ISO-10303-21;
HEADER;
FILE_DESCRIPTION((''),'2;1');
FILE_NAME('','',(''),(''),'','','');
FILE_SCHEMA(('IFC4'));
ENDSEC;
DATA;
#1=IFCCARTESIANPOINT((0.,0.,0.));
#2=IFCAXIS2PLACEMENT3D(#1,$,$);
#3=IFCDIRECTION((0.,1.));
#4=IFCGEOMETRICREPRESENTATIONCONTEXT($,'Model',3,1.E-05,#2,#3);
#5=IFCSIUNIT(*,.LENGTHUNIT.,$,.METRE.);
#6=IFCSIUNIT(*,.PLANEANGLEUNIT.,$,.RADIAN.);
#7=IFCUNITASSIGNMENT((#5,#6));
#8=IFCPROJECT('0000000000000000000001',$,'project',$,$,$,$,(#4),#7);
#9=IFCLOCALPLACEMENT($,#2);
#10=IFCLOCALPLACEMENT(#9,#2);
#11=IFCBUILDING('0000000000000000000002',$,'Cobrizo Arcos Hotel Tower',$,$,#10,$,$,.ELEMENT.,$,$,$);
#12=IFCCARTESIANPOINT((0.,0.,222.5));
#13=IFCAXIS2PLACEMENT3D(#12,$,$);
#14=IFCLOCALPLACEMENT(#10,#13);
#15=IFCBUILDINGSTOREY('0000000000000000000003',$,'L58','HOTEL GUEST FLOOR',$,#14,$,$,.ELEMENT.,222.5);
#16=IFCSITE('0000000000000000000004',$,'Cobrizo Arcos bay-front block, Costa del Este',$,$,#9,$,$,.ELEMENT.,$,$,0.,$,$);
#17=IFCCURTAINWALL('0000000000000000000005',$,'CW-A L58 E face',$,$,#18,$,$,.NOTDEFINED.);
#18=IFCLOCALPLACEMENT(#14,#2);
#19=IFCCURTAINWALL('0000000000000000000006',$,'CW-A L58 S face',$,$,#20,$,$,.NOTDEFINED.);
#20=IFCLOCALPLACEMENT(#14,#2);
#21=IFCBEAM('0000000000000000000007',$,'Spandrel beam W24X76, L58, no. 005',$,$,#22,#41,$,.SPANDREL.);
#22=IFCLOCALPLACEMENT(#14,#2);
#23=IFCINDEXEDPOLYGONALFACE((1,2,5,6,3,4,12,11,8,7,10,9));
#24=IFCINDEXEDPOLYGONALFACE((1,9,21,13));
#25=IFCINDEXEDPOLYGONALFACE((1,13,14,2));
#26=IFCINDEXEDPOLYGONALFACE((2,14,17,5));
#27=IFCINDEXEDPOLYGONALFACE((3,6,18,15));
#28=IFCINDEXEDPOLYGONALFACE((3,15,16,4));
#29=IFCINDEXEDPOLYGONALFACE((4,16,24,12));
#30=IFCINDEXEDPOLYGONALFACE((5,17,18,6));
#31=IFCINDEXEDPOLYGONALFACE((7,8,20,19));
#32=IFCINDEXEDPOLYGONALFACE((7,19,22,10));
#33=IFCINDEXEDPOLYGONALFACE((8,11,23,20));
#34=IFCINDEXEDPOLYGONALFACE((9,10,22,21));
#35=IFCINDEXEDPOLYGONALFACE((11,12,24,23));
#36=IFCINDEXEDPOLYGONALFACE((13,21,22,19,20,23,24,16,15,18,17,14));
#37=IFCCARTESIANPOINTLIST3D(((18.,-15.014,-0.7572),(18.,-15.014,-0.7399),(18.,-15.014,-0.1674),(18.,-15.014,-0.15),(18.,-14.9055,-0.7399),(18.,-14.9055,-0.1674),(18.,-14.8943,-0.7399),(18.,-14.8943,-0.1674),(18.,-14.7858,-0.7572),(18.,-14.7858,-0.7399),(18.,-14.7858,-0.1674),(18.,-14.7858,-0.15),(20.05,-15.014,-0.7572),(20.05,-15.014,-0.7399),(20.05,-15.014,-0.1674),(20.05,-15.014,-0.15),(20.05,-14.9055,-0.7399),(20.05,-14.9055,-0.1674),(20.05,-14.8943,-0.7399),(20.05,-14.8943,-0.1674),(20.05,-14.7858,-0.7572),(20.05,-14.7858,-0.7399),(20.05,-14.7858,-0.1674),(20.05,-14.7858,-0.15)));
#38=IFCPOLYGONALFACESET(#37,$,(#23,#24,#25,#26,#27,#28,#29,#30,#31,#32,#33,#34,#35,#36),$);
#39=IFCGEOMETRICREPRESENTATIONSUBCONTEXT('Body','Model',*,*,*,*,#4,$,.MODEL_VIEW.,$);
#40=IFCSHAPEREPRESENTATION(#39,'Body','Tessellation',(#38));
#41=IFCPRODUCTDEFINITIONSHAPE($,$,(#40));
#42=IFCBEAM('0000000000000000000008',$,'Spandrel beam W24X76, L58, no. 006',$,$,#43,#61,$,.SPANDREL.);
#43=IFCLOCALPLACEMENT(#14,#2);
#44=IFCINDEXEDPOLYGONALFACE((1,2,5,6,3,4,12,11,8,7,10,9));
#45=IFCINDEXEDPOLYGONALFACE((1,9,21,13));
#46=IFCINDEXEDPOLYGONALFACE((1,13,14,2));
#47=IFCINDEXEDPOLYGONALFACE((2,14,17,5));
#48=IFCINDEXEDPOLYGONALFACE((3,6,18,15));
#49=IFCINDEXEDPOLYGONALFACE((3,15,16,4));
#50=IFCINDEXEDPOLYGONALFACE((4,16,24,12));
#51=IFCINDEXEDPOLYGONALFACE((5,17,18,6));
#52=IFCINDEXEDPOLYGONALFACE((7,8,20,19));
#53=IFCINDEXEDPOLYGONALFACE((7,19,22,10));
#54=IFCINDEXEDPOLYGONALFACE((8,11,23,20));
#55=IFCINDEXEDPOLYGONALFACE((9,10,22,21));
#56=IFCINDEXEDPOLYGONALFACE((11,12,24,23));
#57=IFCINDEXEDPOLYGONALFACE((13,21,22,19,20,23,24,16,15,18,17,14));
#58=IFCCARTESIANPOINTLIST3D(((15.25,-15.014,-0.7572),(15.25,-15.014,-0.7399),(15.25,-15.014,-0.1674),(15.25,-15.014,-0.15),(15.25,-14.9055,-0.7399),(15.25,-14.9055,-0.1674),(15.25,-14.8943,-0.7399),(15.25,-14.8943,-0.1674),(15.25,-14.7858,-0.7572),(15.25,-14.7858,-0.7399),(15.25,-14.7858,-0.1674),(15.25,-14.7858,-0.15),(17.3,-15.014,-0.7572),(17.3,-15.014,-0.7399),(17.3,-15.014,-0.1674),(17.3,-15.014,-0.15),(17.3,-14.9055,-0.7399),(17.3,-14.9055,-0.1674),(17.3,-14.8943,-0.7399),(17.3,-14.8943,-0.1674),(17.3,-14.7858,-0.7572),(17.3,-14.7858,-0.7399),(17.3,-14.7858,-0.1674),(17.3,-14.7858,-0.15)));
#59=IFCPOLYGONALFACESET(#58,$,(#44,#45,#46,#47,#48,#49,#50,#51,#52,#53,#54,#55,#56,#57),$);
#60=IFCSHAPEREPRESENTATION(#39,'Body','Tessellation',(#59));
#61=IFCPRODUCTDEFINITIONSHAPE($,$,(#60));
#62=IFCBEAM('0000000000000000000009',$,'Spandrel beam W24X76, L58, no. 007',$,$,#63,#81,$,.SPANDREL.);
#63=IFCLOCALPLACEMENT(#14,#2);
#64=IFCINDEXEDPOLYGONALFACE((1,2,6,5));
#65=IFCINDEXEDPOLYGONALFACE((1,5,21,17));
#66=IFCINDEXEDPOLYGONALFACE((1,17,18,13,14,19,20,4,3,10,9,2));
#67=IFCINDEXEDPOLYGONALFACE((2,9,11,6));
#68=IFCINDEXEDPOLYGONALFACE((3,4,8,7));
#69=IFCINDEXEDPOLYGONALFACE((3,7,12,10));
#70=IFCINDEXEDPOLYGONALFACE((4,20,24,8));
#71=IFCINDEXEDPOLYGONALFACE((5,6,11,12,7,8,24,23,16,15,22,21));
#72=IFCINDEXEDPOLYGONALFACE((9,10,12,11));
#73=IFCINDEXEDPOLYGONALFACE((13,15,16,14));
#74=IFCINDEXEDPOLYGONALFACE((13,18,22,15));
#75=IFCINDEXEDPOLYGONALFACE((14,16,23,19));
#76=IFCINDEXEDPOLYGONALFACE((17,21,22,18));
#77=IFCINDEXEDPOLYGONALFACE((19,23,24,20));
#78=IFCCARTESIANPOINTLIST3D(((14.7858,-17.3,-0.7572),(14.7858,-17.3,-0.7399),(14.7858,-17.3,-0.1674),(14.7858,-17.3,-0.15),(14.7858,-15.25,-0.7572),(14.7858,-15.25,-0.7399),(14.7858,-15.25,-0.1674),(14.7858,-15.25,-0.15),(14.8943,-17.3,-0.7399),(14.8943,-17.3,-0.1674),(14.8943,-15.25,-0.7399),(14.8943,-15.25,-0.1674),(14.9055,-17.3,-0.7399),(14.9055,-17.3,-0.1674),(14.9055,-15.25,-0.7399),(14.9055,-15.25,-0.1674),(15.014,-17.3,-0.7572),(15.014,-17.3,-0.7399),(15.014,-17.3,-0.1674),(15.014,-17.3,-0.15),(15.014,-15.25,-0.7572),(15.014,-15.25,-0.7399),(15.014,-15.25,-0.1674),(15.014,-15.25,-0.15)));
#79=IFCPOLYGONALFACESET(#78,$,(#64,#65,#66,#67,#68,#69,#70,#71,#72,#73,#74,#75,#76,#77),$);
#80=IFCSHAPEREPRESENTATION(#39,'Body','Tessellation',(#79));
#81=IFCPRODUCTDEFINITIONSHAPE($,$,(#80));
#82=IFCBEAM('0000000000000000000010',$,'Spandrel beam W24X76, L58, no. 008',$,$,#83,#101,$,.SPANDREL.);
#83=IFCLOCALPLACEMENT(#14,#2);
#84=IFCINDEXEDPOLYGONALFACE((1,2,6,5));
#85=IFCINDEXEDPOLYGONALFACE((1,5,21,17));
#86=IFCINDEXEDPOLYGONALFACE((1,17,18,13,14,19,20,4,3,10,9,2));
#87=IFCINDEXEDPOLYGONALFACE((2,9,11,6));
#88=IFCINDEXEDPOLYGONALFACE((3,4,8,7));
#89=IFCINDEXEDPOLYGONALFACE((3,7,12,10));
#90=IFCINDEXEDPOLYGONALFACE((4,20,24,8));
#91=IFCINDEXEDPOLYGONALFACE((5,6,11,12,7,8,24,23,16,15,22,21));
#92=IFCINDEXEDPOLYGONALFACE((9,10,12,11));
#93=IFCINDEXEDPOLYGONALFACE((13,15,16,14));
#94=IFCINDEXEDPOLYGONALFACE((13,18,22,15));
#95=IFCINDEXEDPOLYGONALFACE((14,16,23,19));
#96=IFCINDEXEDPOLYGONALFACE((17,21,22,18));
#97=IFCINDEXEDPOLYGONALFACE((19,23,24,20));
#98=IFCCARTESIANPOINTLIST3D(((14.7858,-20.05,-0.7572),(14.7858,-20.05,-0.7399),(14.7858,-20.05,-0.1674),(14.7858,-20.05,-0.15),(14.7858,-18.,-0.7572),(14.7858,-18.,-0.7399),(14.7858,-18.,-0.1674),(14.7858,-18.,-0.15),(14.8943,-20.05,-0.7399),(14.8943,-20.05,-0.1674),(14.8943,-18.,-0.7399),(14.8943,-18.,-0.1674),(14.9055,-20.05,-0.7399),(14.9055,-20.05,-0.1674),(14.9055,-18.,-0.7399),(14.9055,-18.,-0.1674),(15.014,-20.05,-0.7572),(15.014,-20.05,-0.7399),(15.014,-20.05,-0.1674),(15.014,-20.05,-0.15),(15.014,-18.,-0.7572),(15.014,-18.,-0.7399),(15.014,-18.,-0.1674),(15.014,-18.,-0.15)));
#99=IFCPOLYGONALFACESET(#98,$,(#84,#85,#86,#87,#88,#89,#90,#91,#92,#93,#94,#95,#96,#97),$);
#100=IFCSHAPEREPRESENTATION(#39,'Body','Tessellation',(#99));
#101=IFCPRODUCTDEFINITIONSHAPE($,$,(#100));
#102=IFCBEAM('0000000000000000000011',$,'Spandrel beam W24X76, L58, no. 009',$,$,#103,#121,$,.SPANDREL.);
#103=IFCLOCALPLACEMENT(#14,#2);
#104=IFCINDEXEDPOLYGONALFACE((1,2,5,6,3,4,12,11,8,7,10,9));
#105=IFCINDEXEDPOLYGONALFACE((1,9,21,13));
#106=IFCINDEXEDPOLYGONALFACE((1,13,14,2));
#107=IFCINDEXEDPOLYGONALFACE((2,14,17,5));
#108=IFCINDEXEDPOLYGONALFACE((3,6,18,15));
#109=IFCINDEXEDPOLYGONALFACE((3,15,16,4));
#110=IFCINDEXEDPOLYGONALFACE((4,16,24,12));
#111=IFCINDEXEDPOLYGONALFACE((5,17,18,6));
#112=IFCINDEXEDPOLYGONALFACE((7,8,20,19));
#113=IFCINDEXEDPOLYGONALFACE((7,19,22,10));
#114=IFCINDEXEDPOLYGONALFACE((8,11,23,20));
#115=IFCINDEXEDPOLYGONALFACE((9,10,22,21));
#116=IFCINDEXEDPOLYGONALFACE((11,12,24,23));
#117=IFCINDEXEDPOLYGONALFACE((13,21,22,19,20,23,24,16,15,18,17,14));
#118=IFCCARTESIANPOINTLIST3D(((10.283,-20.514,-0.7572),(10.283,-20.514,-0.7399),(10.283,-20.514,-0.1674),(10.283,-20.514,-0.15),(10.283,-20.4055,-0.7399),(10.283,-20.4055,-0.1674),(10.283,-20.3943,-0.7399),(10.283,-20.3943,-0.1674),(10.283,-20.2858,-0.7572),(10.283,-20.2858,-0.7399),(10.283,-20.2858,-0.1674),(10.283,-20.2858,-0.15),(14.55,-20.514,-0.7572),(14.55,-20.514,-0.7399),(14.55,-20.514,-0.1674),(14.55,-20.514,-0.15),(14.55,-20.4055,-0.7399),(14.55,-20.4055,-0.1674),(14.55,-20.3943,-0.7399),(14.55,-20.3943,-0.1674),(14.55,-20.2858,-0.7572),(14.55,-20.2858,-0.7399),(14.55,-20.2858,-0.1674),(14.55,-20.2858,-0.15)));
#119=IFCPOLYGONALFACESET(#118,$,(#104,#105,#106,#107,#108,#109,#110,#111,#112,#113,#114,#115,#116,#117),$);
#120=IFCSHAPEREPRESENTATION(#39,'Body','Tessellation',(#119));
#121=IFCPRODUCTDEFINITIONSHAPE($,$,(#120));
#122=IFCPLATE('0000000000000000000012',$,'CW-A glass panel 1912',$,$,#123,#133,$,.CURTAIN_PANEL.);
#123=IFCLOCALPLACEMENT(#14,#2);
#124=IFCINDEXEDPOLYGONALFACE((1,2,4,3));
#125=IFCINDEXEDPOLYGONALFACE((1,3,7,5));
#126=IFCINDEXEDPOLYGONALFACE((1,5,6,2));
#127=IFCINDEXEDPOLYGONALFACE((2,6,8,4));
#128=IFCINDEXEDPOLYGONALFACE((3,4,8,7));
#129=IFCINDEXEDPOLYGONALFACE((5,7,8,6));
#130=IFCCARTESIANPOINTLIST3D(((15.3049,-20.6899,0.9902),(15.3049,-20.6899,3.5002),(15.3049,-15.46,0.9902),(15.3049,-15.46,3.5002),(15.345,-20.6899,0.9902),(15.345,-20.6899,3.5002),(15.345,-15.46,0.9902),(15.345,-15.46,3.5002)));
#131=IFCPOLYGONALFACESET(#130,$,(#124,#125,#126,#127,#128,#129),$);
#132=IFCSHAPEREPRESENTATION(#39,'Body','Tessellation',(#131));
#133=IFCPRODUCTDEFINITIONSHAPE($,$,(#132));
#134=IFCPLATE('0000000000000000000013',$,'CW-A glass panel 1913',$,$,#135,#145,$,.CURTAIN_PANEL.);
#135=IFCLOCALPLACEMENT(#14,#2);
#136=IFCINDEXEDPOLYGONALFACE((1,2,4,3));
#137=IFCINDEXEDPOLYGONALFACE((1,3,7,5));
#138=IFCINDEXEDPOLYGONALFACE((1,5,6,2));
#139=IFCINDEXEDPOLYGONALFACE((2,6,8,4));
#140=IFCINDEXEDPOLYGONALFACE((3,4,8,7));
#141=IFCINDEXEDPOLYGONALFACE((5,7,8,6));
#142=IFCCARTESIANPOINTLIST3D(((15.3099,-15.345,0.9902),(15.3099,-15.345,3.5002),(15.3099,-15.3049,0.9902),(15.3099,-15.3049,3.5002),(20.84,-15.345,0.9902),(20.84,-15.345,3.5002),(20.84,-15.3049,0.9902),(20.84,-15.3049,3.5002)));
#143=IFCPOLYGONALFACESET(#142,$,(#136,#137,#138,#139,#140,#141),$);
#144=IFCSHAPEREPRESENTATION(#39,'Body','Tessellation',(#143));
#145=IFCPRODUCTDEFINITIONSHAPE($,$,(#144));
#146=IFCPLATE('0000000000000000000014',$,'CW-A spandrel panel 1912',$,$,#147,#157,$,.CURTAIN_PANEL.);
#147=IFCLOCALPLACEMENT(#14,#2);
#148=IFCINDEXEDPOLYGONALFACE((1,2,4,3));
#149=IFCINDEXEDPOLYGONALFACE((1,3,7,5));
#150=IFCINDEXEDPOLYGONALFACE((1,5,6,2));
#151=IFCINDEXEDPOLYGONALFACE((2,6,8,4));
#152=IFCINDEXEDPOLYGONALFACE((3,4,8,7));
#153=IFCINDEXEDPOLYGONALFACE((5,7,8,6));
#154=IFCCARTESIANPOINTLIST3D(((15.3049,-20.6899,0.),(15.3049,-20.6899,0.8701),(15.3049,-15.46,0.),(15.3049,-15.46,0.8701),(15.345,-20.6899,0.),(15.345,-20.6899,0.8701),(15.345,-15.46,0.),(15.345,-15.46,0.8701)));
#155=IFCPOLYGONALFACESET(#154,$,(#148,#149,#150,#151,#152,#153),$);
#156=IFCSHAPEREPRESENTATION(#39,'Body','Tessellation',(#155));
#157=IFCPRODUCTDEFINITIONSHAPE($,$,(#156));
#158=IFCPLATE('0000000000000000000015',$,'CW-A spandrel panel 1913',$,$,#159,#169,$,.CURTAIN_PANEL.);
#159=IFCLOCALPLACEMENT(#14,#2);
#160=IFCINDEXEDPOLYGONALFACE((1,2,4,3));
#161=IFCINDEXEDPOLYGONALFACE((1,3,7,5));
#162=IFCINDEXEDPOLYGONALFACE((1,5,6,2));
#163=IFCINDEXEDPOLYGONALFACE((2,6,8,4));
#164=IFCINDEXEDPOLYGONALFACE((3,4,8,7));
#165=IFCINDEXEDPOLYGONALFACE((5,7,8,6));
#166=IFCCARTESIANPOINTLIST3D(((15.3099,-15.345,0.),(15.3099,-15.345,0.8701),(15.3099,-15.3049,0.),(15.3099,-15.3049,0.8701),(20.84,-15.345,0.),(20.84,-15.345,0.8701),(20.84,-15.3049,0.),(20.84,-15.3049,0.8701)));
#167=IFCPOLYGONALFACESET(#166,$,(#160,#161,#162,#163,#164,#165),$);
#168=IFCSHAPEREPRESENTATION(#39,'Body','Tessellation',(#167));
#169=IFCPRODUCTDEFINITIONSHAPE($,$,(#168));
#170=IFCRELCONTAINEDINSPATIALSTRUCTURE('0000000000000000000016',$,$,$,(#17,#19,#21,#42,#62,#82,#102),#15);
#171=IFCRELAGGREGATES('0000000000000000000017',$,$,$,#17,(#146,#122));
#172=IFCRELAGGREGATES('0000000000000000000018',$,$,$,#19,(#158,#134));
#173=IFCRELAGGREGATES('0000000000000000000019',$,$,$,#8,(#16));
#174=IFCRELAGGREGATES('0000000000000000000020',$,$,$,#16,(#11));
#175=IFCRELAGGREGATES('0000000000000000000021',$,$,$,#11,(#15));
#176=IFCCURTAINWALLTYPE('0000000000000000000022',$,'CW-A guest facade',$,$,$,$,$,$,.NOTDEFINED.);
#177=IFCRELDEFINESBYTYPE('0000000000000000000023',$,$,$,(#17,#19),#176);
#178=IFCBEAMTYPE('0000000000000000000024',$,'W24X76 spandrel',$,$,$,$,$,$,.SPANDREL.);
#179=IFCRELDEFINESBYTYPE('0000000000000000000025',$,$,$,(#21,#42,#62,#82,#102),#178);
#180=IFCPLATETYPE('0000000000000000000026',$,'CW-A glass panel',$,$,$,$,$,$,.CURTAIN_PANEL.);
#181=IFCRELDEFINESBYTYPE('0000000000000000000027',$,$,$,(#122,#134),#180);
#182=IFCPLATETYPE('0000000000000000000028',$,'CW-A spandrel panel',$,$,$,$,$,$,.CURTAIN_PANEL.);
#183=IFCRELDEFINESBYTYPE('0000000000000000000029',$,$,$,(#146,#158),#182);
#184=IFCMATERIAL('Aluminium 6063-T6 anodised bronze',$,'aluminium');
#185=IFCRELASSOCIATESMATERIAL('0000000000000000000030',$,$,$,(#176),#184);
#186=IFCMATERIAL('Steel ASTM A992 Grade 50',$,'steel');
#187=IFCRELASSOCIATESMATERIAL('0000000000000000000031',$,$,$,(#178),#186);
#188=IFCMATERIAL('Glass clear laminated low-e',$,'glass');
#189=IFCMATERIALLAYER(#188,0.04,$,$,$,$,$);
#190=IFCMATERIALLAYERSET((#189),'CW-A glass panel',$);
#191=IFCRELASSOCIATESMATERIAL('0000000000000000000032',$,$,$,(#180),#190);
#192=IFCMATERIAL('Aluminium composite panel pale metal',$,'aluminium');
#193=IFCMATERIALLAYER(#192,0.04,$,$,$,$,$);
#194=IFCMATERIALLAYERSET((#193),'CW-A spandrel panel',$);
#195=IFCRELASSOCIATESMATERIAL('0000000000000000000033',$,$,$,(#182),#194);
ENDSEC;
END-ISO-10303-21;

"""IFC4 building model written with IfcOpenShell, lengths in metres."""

from ifc_helpers import new_model, si_unit, direction, frame, origin, origin_2d, place, context, subcontext, project, spatial, rectangle, i_section, extrude, material, layer, layer_set, material_profile, profile_set, type_object, element, aggregate, save


model = new_model("IFC4")

# Units and contexts
model_context = context("Model", 3, precision=1e-05, world=origin(), true_north=direction((0.0, 1.0)))
body_context = subcontext(model_context, "Body", "Model", "MODEL_VIEW")
ifc_project = project(units=[si_unit("LENGTHUNIT", "METRE"), si_unit("PLANEANGLEUNIT", "RADIAN")], contexts=[model_context])

# Site, building, storey
site_placement = place(None, origin())
site = spatial("IfcSite", under=ifc_project, at=site_placement, Name="Cobrizo Arcos bay-front block, Costa del Este", CompositionType="ELEMENT", RefElevation=0.0)
building_placement = place(site_placement, origin())
building = spatial("IfcBuilding", under=site, at=building_placement, Name="Cobrizo Arcos Hotel Tower", CompositionType="ELEMENT")
storey_placement = place(building_placement, frame((0.0, 0.0, 222.5)))
storey = spatial("IfcBuildingStorey", under=building, at=storey_placement, Name="L58", Description="HOTEL GUEST FLOOR", CompositionType="ELEMENT", Elevation=222.5)

# Shared definitions
ifc_material_1 = material(Name="Aluminium 6063-T6 anodised bronze", Category="aluminium")
curtain_wall_type = type_object("IfcCurtainWallType", Name="CW-A guest facade", PredefinedType="NOTDEFINED", material=ifc_material_1)

# Curtain walls
curtain_wall_1_placement = place(storey_placement, origin())
curtain_wall_1 = element("IfcCurtainWall", 1, at=curtain_wall_1_placement, inside=storey, type_object=curtain_wall_type, Name="CW-A L58 E face", PredefinedType="NOTDEFINED")
curtain_wall_2_placement = place(storey_placement, origin())
curtain_wall_2 = element("IfcCurtainWall", 2, at=curtain_wall_2_placement, inside=storey, type_object=curtain_wall_type, Name="CW-A L58 S face", PredefinedType="NOTDEFINED")

# Beams
ifc_material_2 = material(Name="Steel ASTM A992 Grade 50", Category="steel")
ifc_material_profile_1 = material_profile(ifc_material_2, i_section(OverallWidth=0.2283, OverallDepth=0.6072, WebThickness=0.0112, FlangeThickness=0.0173, at=origin_2d()), Name="W24X76")
ifc_profile_set_1 = profile_set([ifc_material_profile_1], Name="Steel ASTM A992 Grade 50")
beam_type = type_object("IfcBeamType", Name="W24X76 spandrel", PredefinedType="SPANDREL", material=ifc_profile_set_1)
for number, where, z_axis, x_axis, name in (
    (3, (20.05, -14.8999, -0.4536), (-1.0, 0.0, 0.0), (0.0, -1.0, 0.0), "Spandrel beam W24X76, L58, no. 005"),
    (4, (17.3, -14.8999, -0.4536), (-1.0, 0.0, 0.0), (0.0, -1.0, 0.0), "Spandrel beam W24X76, L58, no. 006"),
    (5, (14.8999, -15.25, -0.4536), (0.0, -1.0, 0.0), (1.0, 0.0, 0.0), "Spandrel beam W24X76, L58, no. 007"),
    (6, (14.8999, -18.0, -0.4536), (0.0, -1.0, 0.0), (1.0, 0.0, 0.0), "Spandrel beam W24X76, L58, no. 008"),
):
    element("IfcBeam", number, at=place(storey_placement, frame(where, z_axis=z_axis, x_axis=x_axis)), inside=storey, type_object=beam_type, Name=name, PredefinedType="SPANDREL", context=body_context, shape_type="SweptSolid", body=[
        extrude(i_section(OverallWidth=0.2283, OverallDepth=0.6072, WebThickness=0.0112, FlangeThickness=0.0173, at=origin_2d()), origin(), (0.0, 0.0, 1.0), 2.05),
    ])
beam_placement = place(storey_placement, frame((14.55, -20.3999, -0.4536), z_axis=(-1.0, 0.0, 0.0), x_axis=(0.0, -1.0, 0.0)))
element("IfcBeam", 7, at=beam_placement, inside=storey, type_object=beam_type, Name="Spandrel beam W24X76, L58, no. 009", PredefinedType="SPANDREL", context=body_context, shape_type="SweptSolid", body=[
    extrude(i_section(OverallWidth=0.2283, OverallDepth=0.6072, WebThickness=0.0112, FlangeThickness=0.0173, at=origin_2d()), origin(), (0.0, 0.0, 1.0), 4.2671),
])

# Plates
ifc_material_3 = material(Name="Glass clear laminated low-e", Category="glass")
ifc_layer_1 = layer(ifc_material_3, 0.04)
ifc_layer_set_1 = layer_set([ifc_layer_1], Name="CW-A glass panel")
plate_type_1 = type_object("IfcPlateType", Name="CW-A glass panel", PredefinedType="CURTAIN_PANEL", material=ifc_layer_set_1)
plate_1_placement = place(storey_placement, frame((15.325, -18.075, 0.9902), z_axis=(0.0, 0.0, 1.0), x_axis=(0.0, 1.0, 0.0)))
plate_1 = element("IfcPlate", 8, at=plate_1_placement, type_object=plate_type_1, Name="CW-A glass panel 1912", PredefinedType="CURTAIN_PANEL", context=body_context, shape_type="SweptSolid", body=[
    extrude(rectangle(XDim=5.23, YDim=0.04, at=origin_2d()), origin(), (0.0, 0.0, 1.0), 2.51),
])
plate_2_placement = place(storey_placement, frame((18.075, -15.325, 0.9902), z_axis=(0.0, 0.0, 1.0), x_axis=(1.0, 0.0, 0.0)))
plate_2 = element("IfcPlate", 9, at=plate_2_placement, type_object=plate_type_1, Name="CW-A glass panel 1913", PredefinedType="CURTAIN_PANEL", context=body_context, shape_type="SweptSolid", body=[
    extrude(rectangle(XDim=5.53, YDim=0.04, at=origin_2d()), origin(), (0.0, 0.0, 1.0), 2.51),
])
ifc_material_4 = material(Name="Aluminium composite panel pale metal", Category="aluminium")
ifc_layer_2 = layer(ifc_material_4, 0.04)
ifc_layer_set_2 = layer_set([ifc_layer_2], Name="CW-A spandrel panel")
plate_type_2 = type_object("IfcPlateType", Name="CW-A spandrel panel", PredefinedType="CURTAIN_PANEL", material=ifc_layer_set_2)
plate_3_placement = place(storey_placement, frame((15.325, -18.075, 0.0), z_axis=(0.0, 0.0, 1.0), x_axis=(0.0, 1.0, 0.0)))
plate_3 = element("IfcPlate", 10, at=plate_3_placement, type_object=plate_type_2, Name="CW-A spandrel panel 1912", PredefinedType="CURTAIN_PANEL", context=body_context, shape_type="SweptSolid", body=[
    extrude(rectangle(XDim=5.23, YDim=0.04, at=origin_2d()), origin(), (0.0, 0.0, 1.0), 0.8701),
])
aggregate(curtain_wall_1, [plate_3, plate_1])
plate_4_placement = place(storey_placement, frame((18.075, -15.325, 0.0), z_axis=(0.0, 0.0, 1.0), x_axis=(1.0, 0.0, 0.0)))
plate_4 = element("IfcPlate", 11, at=plate_4_placement, type_object=plate_type_2, Name="CW-A spandrel panel 1913", PredefinedType="CURTAIN_PANEL", context=body_context, shape_type="SweptSolid", body=[
    extrude(rectangle(XDim=5.53, YDim=0.04, at=origin_2d()), origin(), (0.0, 0.0, 1.0), 0.8701),
])
aggregate(curtain_wall_2, [plate_4, plate_2])

save(model, "model.ifc")
